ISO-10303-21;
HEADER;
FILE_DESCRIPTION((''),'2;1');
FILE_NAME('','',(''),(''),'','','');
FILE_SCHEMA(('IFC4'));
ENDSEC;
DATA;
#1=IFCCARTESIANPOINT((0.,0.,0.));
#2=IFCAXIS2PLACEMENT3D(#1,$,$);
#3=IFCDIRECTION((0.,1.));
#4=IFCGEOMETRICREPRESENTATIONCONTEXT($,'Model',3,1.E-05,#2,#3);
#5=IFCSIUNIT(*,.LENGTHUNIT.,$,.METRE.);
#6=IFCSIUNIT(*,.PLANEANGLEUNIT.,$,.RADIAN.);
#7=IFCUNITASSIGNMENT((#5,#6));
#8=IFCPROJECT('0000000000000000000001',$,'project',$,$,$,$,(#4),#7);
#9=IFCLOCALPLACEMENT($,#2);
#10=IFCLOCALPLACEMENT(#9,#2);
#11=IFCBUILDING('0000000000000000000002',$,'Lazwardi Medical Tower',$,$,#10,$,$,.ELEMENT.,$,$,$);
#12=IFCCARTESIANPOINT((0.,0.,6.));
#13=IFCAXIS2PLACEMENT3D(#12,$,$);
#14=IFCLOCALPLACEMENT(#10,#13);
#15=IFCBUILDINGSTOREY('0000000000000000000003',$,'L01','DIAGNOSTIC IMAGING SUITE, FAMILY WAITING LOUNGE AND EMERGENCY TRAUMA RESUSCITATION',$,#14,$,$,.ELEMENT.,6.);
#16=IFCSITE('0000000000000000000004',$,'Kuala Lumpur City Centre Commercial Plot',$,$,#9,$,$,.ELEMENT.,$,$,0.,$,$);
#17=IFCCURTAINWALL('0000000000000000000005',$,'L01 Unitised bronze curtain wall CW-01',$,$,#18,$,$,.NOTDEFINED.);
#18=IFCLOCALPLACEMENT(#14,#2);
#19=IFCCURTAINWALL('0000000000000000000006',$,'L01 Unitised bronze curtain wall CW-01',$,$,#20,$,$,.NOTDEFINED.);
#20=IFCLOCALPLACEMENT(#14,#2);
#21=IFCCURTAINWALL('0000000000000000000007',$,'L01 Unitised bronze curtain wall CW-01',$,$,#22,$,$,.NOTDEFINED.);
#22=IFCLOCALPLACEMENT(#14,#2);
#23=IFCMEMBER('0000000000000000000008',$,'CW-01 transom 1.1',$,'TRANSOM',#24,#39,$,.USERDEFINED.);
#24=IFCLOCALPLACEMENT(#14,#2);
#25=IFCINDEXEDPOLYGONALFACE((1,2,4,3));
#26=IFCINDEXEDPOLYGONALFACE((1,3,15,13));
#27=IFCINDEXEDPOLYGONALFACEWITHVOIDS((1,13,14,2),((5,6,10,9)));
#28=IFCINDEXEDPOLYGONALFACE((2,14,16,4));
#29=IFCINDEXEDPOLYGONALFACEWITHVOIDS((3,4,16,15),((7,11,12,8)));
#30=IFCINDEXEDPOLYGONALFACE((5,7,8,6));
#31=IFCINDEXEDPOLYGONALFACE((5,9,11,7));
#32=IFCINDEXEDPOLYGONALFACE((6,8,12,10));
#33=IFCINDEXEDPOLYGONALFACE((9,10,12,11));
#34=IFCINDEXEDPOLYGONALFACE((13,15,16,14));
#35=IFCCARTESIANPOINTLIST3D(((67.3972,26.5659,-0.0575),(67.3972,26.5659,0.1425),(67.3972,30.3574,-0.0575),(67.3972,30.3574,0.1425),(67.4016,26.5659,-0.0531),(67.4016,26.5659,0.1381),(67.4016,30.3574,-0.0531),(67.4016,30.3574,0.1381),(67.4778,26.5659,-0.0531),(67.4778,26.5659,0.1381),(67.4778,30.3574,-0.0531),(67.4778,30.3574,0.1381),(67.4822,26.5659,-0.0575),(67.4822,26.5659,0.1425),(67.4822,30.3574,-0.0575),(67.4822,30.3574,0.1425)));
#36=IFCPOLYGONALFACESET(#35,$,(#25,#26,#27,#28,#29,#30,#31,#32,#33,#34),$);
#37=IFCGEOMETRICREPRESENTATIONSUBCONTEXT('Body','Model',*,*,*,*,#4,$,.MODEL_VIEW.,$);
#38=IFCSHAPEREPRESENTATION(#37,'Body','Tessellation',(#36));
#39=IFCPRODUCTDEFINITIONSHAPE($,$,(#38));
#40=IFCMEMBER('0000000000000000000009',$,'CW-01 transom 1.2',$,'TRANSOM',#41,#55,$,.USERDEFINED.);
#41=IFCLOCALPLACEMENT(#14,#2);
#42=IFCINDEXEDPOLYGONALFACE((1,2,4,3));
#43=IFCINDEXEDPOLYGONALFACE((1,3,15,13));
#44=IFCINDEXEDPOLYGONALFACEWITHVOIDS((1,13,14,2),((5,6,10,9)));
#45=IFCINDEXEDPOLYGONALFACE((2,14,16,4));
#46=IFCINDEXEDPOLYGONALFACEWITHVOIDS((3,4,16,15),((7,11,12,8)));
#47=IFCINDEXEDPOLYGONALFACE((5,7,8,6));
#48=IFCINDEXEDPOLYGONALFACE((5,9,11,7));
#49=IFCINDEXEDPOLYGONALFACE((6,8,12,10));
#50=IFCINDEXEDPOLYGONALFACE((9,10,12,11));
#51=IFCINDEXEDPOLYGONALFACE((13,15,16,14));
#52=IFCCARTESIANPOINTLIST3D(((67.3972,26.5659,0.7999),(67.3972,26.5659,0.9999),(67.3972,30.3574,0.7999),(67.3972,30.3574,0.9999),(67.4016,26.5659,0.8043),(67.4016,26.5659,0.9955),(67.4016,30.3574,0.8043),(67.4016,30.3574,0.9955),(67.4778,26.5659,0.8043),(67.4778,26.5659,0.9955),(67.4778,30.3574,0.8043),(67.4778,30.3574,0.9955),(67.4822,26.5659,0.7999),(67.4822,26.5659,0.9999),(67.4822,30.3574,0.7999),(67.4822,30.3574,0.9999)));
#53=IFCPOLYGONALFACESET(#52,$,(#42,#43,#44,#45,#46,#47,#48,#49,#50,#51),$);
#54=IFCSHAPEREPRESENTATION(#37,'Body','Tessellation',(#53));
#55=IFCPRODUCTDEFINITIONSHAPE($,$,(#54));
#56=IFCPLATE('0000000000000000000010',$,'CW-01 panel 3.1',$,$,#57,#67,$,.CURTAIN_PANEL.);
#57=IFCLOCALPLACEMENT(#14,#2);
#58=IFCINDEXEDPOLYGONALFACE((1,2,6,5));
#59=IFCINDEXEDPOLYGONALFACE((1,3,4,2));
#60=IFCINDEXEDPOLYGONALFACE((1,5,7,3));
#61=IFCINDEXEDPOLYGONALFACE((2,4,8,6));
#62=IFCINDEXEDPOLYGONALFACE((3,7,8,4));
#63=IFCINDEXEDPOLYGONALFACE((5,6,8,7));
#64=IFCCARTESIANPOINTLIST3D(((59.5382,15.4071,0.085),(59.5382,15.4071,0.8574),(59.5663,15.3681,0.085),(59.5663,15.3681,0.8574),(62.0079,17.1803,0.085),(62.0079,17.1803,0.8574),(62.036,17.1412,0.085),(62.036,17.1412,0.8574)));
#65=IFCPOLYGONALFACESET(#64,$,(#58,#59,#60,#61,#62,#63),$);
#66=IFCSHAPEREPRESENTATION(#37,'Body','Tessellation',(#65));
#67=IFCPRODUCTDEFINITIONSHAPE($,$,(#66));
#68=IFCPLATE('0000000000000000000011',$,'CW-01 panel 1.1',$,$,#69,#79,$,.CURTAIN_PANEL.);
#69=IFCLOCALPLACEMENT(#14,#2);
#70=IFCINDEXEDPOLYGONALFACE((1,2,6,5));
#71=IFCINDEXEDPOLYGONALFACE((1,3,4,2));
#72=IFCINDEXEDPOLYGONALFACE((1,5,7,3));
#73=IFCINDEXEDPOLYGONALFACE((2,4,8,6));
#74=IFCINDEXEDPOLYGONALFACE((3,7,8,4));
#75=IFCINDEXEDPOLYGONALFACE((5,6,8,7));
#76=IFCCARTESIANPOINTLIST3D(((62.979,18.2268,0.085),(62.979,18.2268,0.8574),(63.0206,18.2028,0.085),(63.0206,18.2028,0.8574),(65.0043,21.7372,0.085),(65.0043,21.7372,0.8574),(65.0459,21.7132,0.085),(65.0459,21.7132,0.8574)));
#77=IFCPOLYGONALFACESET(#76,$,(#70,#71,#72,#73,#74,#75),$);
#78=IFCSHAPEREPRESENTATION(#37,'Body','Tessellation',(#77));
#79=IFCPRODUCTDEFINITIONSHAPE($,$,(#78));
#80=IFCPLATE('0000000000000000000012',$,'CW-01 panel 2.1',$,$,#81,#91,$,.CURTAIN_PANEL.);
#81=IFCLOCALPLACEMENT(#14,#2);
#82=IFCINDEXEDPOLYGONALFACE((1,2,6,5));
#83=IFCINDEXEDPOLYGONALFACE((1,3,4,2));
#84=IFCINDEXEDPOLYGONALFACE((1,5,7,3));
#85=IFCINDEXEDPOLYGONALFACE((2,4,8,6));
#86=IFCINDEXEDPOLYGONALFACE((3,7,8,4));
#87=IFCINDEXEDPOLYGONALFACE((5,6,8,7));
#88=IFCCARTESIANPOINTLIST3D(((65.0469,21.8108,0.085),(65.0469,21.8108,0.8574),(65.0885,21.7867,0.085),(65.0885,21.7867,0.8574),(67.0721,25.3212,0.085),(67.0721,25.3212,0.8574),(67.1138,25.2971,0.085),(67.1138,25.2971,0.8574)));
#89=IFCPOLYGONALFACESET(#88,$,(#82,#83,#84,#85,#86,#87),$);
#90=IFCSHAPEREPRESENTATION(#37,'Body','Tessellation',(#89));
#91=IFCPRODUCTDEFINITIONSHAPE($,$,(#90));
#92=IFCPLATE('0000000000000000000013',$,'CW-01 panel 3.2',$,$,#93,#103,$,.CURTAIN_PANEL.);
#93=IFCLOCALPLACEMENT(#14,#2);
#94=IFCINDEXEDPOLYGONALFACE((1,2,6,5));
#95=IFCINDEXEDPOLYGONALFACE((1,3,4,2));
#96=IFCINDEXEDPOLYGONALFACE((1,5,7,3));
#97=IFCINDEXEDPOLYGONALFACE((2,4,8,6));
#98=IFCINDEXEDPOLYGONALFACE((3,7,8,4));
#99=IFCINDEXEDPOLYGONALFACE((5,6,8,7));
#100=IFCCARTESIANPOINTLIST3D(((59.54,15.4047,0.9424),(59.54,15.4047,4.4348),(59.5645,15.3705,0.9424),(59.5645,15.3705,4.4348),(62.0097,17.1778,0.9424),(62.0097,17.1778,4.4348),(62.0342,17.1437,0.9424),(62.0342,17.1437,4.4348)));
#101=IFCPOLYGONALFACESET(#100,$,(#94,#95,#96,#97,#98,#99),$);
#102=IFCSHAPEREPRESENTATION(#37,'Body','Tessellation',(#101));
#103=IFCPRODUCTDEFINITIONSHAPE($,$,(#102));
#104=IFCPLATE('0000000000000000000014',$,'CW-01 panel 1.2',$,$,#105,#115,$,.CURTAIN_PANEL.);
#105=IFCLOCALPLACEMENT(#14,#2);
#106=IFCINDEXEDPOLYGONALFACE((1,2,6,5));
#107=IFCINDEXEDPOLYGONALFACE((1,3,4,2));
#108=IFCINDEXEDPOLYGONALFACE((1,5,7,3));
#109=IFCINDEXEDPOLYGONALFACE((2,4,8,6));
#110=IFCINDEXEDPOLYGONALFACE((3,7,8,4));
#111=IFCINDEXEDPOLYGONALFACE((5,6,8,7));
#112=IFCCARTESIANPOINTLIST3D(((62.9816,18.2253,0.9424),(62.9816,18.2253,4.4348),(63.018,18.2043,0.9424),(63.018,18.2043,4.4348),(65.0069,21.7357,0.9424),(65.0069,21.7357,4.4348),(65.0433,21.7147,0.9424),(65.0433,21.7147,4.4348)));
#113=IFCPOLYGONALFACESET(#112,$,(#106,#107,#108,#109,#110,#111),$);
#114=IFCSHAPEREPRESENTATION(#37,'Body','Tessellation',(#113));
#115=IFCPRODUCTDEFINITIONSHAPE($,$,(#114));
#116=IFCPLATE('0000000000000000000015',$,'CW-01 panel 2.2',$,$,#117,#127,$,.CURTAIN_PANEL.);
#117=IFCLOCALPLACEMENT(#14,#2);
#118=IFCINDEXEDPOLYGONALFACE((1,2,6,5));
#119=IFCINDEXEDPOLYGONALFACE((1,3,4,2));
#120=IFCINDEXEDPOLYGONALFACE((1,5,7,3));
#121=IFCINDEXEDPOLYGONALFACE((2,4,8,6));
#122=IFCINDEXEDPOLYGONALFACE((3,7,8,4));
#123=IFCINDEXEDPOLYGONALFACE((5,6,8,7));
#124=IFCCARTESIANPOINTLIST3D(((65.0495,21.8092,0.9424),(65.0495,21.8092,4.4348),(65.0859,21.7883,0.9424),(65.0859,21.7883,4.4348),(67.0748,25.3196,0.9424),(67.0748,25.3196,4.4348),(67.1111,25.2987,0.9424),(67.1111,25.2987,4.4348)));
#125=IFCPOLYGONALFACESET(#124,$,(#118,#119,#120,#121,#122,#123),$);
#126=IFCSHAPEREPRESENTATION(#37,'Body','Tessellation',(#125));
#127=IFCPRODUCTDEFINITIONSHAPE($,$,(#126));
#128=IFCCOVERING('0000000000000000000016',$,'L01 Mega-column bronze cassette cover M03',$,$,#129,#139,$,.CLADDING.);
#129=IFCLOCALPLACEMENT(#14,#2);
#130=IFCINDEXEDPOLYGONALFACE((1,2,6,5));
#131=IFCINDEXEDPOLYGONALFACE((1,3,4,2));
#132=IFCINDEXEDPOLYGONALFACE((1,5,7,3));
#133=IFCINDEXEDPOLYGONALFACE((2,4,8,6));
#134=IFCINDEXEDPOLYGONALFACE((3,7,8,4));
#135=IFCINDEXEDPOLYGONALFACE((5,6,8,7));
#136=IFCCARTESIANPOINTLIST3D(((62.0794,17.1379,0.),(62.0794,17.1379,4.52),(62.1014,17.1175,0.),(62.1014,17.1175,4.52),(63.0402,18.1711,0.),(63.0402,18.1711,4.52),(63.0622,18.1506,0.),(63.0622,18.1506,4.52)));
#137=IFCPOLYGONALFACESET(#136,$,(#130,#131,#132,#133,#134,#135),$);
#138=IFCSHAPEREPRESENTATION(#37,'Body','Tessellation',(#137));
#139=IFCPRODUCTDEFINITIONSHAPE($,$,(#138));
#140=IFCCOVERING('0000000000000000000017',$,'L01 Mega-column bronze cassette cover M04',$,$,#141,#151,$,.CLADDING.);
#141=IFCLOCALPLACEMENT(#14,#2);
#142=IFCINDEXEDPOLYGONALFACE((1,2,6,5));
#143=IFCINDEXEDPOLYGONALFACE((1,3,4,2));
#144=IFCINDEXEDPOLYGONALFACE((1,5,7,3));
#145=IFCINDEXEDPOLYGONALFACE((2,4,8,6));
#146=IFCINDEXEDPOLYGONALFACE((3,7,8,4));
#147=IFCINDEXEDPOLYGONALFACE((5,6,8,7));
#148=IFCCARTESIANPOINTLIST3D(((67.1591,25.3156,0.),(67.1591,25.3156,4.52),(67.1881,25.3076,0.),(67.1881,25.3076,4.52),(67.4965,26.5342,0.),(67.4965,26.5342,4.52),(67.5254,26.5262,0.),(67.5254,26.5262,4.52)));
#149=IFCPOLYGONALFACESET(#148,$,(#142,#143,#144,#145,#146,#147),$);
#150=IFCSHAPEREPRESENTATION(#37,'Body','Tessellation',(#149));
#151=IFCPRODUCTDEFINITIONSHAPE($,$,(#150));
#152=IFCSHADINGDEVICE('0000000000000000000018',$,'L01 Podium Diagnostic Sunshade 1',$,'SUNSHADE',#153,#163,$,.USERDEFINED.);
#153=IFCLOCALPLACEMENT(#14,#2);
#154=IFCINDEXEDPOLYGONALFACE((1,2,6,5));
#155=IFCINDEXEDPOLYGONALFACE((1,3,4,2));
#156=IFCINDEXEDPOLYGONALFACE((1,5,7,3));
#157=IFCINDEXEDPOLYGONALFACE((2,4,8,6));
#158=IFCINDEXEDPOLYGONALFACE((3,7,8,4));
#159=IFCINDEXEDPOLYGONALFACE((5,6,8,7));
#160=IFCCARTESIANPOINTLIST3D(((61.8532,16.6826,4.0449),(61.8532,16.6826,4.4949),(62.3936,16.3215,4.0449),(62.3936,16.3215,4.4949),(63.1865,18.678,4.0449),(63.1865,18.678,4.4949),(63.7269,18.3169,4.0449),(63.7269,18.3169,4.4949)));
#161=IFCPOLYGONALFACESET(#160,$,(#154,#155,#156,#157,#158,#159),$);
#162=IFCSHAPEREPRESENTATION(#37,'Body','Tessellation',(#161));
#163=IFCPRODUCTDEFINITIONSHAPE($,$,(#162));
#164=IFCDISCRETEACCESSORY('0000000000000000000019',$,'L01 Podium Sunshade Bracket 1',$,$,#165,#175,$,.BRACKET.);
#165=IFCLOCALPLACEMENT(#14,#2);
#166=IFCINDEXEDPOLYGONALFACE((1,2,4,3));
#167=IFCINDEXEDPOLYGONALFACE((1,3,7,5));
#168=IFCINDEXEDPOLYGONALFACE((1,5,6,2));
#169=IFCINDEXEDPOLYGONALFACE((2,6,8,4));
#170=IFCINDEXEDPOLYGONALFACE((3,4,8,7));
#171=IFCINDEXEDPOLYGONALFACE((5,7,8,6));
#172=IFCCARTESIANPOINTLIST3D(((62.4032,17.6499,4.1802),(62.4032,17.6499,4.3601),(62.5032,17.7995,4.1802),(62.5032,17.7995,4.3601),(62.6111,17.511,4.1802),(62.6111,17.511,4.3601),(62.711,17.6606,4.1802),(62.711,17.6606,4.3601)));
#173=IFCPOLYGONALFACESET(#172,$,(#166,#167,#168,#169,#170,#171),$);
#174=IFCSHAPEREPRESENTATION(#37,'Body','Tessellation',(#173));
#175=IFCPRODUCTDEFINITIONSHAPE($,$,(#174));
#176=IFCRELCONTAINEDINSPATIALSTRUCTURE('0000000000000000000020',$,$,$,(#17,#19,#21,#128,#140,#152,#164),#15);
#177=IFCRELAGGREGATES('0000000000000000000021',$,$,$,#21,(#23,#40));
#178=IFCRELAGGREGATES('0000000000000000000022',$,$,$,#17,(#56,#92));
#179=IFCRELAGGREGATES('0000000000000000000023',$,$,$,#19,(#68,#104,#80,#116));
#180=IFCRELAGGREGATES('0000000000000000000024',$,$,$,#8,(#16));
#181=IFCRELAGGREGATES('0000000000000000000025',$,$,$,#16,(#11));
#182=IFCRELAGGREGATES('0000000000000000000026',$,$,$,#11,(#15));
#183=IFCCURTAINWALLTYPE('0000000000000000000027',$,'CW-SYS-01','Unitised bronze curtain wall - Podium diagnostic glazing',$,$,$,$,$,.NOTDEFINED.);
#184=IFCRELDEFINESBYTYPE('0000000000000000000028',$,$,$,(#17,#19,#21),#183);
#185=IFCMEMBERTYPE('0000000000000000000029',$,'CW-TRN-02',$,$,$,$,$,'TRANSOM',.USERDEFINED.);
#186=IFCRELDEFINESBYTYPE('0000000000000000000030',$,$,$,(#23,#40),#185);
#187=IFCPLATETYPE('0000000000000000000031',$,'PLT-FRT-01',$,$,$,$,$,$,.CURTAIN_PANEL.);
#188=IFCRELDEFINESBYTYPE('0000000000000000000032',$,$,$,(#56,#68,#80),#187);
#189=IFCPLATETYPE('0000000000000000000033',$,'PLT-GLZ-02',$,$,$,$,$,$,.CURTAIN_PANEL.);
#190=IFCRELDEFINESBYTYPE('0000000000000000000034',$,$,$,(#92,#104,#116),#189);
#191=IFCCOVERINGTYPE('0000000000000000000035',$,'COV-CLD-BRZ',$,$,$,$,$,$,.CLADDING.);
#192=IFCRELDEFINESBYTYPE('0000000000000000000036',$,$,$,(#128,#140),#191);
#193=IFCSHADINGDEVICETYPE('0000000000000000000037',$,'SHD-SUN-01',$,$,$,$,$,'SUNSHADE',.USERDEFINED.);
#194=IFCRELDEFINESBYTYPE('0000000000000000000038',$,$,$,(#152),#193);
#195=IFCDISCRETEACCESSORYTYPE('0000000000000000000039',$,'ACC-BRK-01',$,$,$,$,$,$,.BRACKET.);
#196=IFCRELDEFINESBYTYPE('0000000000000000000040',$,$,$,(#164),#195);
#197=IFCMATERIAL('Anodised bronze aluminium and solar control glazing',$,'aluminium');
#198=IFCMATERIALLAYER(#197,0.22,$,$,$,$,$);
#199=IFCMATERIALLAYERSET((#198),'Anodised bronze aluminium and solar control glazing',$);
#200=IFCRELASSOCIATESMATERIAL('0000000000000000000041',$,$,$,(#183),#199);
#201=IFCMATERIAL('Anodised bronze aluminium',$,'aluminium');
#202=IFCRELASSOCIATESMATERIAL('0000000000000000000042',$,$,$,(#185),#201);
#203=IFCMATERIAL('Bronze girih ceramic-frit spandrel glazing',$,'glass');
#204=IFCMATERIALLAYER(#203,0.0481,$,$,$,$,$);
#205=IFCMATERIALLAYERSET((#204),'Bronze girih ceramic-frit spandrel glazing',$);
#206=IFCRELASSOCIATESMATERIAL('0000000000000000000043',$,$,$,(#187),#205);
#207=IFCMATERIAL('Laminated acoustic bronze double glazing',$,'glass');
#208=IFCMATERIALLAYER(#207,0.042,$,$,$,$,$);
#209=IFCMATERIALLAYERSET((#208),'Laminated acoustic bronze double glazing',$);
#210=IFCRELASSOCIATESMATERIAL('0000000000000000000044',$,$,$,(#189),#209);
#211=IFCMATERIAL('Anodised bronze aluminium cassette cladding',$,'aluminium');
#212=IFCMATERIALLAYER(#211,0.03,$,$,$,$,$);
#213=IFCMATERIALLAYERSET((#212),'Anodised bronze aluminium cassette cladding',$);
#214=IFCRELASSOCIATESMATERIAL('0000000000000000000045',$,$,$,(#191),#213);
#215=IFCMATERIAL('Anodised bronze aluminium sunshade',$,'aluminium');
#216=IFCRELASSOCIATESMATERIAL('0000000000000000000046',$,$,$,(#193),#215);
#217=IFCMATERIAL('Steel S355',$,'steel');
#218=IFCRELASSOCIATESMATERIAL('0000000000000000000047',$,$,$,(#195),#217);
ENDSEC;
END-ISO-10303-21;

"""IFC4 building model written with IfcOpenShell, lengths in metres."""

from ifc_helpers import new_model, si_unit, direction, frame, origin, origin_2d, place, context, subcontext, project, spatial, rectangle, hollow_rectangle, extrude, material, layer, layer_set, material_profile, profile_set, type_object, element, aggregate, save


model = new_model("IFC4")

# Units and contexts
model_context = context("Model", 3, precision=1e-05, world=origin(), true_north=direction((0.0, 1.0)))
body_context = subcontext(model_context, "Body", "Model", "MODEL_VIEW")
ifc_project = project(units=[si_unit("LENGTHUNIT", "METRE"), si_unit("PLANEANGLEUNIT", "RADIAN")], contexts=[model_context])

# Site, building, storey
site_placement = place(None, origin())
site = spatial("IfcSite", under=ifc_project, at=site_placement, Name="Kuala Lumpur City Centre Commercial Plot", CompositionType="ELEMENT", RefElevation=0.0)
building_placement = place(site_placement, origin())
building = spatial("IfcBuilding", under=site, at=building_placement, Name="Lazwardi Medical Tower", CompositionType="ELEMENT")
storey_placement = place(building_placement, frame((0.0, 0.0, 6.0)))
storey = spatial("IfcBuildingStorey", under=building, at=storey_placement, Name="L01", Description="DIAGNOSTIC IMAGING SUITE, FAMILY WAITING LOUNGE AND EMERGENCY TRAUMA RESUSCITATION", CompositionType="ELEMENT", Elevation=6.0)

# Shared definitions
ifc_material_1 = material(Name="Steel S355", Category="steel")

# Curtain walls
ifc_material_2 = material(Name="Anodised bronze aluminium and solar control glazing", Category="aluminium")
ifc_layer_1 = layer(ifc_material_2, 0.22)
ifc_layer_set_1 = layer_set([ifc_layer_1], Name="Anodised bronze aluminium and solar control glazing")
curtain_wall_type = type_object("IfcCurtainWallType", Name="CW-SYS-01", Description="Unitised bronze curtain wall - Podium diagnostic glazing", PredefinedType="NOTDEFINED", material=ifc_layer_set_1)
curtain_wall_1_placement = place(storey_placement, origin())
curtain_wall_1 = element("IfcCurtainWall", 1, at=curtain_wall_1_placement, inside=storey, type_object=curtain_wall_type, Name="L01 Unitised bronze curtain wall CW-01", PredefinedType="NOTDEFINED")
ifc_material_3 = material(Name="Anodised bronze aluminium", Category="aluminium")
curtain_wall_2_placement = place(storey_placement, origin())
curtain_wall_2 = element("IfcCurtainWall", 2, at=curtain_wall_2_placement, inside=storey, type_object=curtain_wall_type, Name="L01 Unitised bronze curtain wall CW-01", PredefinedType="NOTDEFINED")

# Curtain wall
curtain_wall_3_placement = place(storey_placement, origin())
curtain_wall_3 = element("IfcCurtainWall", 3, at=curtain_wall_3_placement, inside=storey, type_object=curtain_wall_type, Name="L01 Unitised bronze curtain wall CW-01", PredefinedType="NOTDEFINED")

# Members
ifc_material_profile_1 = material_profile(ifc_material_3, hollow_rectangle(XDim=0.085, YDim=0.2, WallThickness=0.0044, at=origin_2d()), Name="ALU-TRANSOM 200x85x4.5")
ifc_profile_set_1 = profile_set([ifc_material_profile_1], Name="Anodised bronze aluminium")
member_type_1 = type_object("IfcMemberType", Name="CW-TRN-02", ElementType="TRANSOM", PredefinedType="USERDEFINED", material=ifc_profile_set_1)
member_1_placement = place(storey_placement, frame((67.4397, 26.5659, 0.0425), z_axis=(0.0, 1.0, 0.0), x_axis=(-1.0, 0.0, 0.0)))
member_1 = element("IfcMember", 4, at=member_1_placement, type_object=member_type_1, Name="CW-01 transom 1.1", ObjectType="TRANSOM", PredefinedType="USERDEFINED", context=body_context, shape_type="SweptSolid", body=[
    extrude(hollow_rectangle(XDim=0.085, YDim=0.2, WallThickness=0.0044, at=origin_2d()), origin(), (0.0, 0.0, 1.0), 3.7915),
])
member_2_placement = place(storey_placement, frame((67.4397, 26.5659, 0.8999), z_axis=(0.0, 1.0, 0.0), x_axis=(-1.0, 0.0, 0.0)))
member_2 = element("IfcMember", 5, at=member_2_placement, type_object=member_type_1, Name="CW-01 transom 1.2", ObjectType="TRANSOM", PredefinedType="USERDEFINED", context=body_context, shape_type="SweptSolid", body=[
    extrude(hollow_rectangle(XDim=0.085, YDim=0.2, WallThickness=0.0044, at=origin_2d()), origin(), (0.0, 0.0, 1.0), 3.7915),
])
aggregate(curtain_wall_3, [member_1, member_2])

# Plates
ifc_material_4 = material(Name="Bronze girih ceramic-frit spandrel glazing", Category="glass")
ifc_layer_2 = layer(ifc_material_4, 0.0481)
ifc_layer_set_2 = layer_set([ifc_layer_2], Name="Bronze girih ceramic-frit spandrel glazing")
plate_type_1 = type_object("IfcPlateType", Name="PLT-FRT-01", PredefinedType="CURTAIN_PANEL", material=ifc_layer_set_2)
plate_1_placement = place(storey_placement, frame((60.7871, 16.2742, 0.085), z_axis=(0.0, 0.0, 1.0), x_axis=(0.812318, 0.583214, 0.0)))
plate_1 = element("IfcPlate", 6, at=plate_1_placement, type_object=plate_type_1, Name="CW-01 panel 3.1", PredefinedType="CURTAIN_PANEL", context=body_context, shape_type="SweptSolid", body=[
    extrude(rectangle(XDim=3.0403, YDim=0.0481, at=origin_2d()), origin(), (0.0, 0.0, 1.0), 0.7725),
])
plate_2_placement = place(storey_placement, frame((64.0125, 19.97, 0.085), z_axis=(0.0, 0.0, 1.0), x_axis=(0.499731, 0.866181, 0.0)))
plate_2 = element("IfcPlate", 7, at=plate_2_placement, type_object=plate_type_1, Name="CW-01 panel 1.1", PredefinedType="CURTAIN_PANEL", context=body_context, shape_type="SweptSolid", body=[
    extrude(rectangle(XDim=4.0527, YDim=0.0481, at=origin_2d()), origin(), (0.0, 0.0, 1.0), 0.7725),
])
plate_3_placement = place(storey_placement, frame((66.0803, 23.554, 0.085), z_axis=(0.0, 0.0, 1.0), x_axis=(0.499731, 0.866181, 0.0)))
plate_3 = element("IfcPlate", 8, at=plate_3_placement, type_object=plate_type_1, Name="CW-01 panel 2.1", PredefinedType="CURTAIN_PANEL", context=body_context, shape_type="SweptSolid", body=[
    extrude(rectangle(XDim=4.0527, YDim=0.0481, at=origin_2d()), origin(), (0.0, 0.0, 1.0), 0.7725),
])
ifc_material_5 = material(Name="Laminated acoustic bronze double glazing", Category="glass")
ifc_layer_3 = layer(ifc_material_5, 0.042)
ifc_layer_set_3 = layer_set([ifc_layer_3], Name="Laminated acoustic bronze double glazing")
plate_type_2 = type_object("IfcPlateType", Name="PLT-GLZ-02", PredefinedType="CURTAIN_PANEL", material=ifc_layer_set_3)
plate_4_placement = place(storey_placement, frame((60.7871, 16.2742, 0.9424), z_axis=(0.0, 0.0, 1.0), x_axis=(0.812318, 0.583214, 0.0)))
plate_4 = element("IfcPlate", 9, at=plate_4_placement, type_object=plate_type_2, Name="CW-01 panel 3.2", PredefinedType="CURTAIN_PANEL", context=body_context, shape_type="SweptSolid", body=[
    extrude(rectangle(XDim=3.0403, YDim=0.042, at=origin_2d()), origin(), (0.0, 0.0, 1.0), 3.4924),
])
aggregate(curtain_wall_1, [plate_1, plate_4])
plate_5_placement = place(storey_placement, frame((64.0125, 19.97, 0.9424), z_axis=(0.0, 0.0, 1.0), x_axis=(0.499731, 0.866181, 0.0)))
plate_5 = element("IfcPlate", 10, at=plate_5_placement, type_object=plate_type_2, Name="CW-01 panel 1.2", PredefinedType="CURTAIN_PANEL", context=body_context, shape_type="SweptSolid", body=[
    extrude(rectangle(XDim=4.0527, YDim=0.042, at=origin_2d()), origin(), (0.0, 0.0, 1.0), 3.4924),
])
plate_6_placement = place(storey_placement, frame((66.0803, 23.554, 0.9424), z_axis=(0.0, 0.0, 1.0), x_axis=(0.499731, 0.866181, 0.0)))
plate_6 = element("IfcPlate", 11, at=plate_6_placement, type_object=plate_type_2, Name="CW-01 panel 2.2", PredefinedType="CURTAIN_PANEL", context=body_context, shape_type="SweptSolid", body=[
    extrude(rectangle(XDim=4.0527, YDim=0.042, at=origin_2d()), origin(), (0.0, 0.0, 1.0), 3.4924),
])
aggregate(curtain_wall_2, [plate_2, plate_5, plate_3, plate_6])

# Coverings
ifc_material_6 = material(Name="Anodised bronze aluminium cassette cladding", Category="aluminium")
ifc_layer_4 = layer(ifc_material_6, 0.03)
ifc_layer_set_4 = layer_set([ifc_layer_4], Name="Anodised bronze aluminium cassette cladding")
covering_type = type_object("IfcCoveringType", Name="COV-CLD-BRZ", PredefinedType="CLADDING", material=ifc_layer_set_4)
covering_1_placement = place(storey_placement, frame((62.5708, 17.6443, 0.0), z_axis=(0.0, 0.0, 1.0), x_axis=(0.681019, 0.732266, 0.0)))
element("IfcCovering", 12, at=covering_1_placement, inside=storey, type_object=covering_type, Name="L01 Mega-column bronze cassette cover M03", PredefinedType="CLADDING", context=body_context, shape_type="SweptSolid", body=[
    extrude(rectangle(XDim=1.4109, YDim=0.03, at=origin_2d()), origin(), (0.0, 0.0, 1.0), 4.52),
])
covering_2_placement = place(storey_placement, frame((67.3423, 25.9209, 0.0), z_axis=(0.0, 0.0, 1.0), x_axis=(0.266836, 0.963742, 0.0)))
element("IfcCovering", 13, at=covering_2_placement, inside=storey, type_object=covering_type, Name="L01 Mega-column bronze cassette cover M04", PredefinedType="CLADDING", context=body_context, shape_type="SweptSolid", body=[
    extrude(rectangle(XDim=1.2644, YDim=0.03, at=origin_2d()), origin(), (0.0, 0.0, 1.0), 4.52),
])

# Shading device
ifc_material_7 = material(Name="Anodised bronze aluminium sunshade", Category="aluminium")
shading_device_type = type_object("IfcShadingDeviceType", Name="SHD-SUN-01", ElementType="SUNSHADE", PredefinedType="USERDEFINED", material=ifc_material_7)
shading_device_placement = place(storey_placement, frame((62.79, 17.4998, 4.0449), z_axis=(0.0, 0.0, 1.0), x_axis=(0.55557, 0.83147, 0.0)))
element("IfcShadingDevice", 14, at=shading_device_placement, inside=storey, type_object=shading_device_type, Name="L01 Podium Diagnostic Sunshade 1", ObjectType="SUNSHADE", PredefinedType="USERDEFINED", context=body_context, shape_type="SweptSolid", body=[
    extrude(rectangle(XDim=2.3999, YDim=0.6499, at=origin_2d()), origin(), (0.0, 0.0, 1.0), 0.45),
])

# Discrete accessory
discrete_accessory_type = type_object("IfcDiscreteAccessoryType", Name="ACC-BRK-01", PredefinedType="BRACKET", material=ifc_material_1)
discrete_accessory_placement = place(storey_placement, frame((62.5571, 17.6553, 4.1802), z_axis=(0.0, 0.0, 1.0), x_axis=(0.55557, 0.83147, 0.0)))
element("IfcDiscreteAccessory", 15, at=discrete_accessory_placement, inside=storey, type_object=discrete_accessory_type, Name="L01 Podium Sunshade Bracket 1", PredefinedType="BRACKET", context=body_context, shape_type="SweptSolid", body=[
    extrude(rectangle(XDim=0.1799, YDim=0.25, at=origin_2d()), origin(), (0.0, 0.0, 1.0), 0.1799),
])

save(model, "model.ifc")
